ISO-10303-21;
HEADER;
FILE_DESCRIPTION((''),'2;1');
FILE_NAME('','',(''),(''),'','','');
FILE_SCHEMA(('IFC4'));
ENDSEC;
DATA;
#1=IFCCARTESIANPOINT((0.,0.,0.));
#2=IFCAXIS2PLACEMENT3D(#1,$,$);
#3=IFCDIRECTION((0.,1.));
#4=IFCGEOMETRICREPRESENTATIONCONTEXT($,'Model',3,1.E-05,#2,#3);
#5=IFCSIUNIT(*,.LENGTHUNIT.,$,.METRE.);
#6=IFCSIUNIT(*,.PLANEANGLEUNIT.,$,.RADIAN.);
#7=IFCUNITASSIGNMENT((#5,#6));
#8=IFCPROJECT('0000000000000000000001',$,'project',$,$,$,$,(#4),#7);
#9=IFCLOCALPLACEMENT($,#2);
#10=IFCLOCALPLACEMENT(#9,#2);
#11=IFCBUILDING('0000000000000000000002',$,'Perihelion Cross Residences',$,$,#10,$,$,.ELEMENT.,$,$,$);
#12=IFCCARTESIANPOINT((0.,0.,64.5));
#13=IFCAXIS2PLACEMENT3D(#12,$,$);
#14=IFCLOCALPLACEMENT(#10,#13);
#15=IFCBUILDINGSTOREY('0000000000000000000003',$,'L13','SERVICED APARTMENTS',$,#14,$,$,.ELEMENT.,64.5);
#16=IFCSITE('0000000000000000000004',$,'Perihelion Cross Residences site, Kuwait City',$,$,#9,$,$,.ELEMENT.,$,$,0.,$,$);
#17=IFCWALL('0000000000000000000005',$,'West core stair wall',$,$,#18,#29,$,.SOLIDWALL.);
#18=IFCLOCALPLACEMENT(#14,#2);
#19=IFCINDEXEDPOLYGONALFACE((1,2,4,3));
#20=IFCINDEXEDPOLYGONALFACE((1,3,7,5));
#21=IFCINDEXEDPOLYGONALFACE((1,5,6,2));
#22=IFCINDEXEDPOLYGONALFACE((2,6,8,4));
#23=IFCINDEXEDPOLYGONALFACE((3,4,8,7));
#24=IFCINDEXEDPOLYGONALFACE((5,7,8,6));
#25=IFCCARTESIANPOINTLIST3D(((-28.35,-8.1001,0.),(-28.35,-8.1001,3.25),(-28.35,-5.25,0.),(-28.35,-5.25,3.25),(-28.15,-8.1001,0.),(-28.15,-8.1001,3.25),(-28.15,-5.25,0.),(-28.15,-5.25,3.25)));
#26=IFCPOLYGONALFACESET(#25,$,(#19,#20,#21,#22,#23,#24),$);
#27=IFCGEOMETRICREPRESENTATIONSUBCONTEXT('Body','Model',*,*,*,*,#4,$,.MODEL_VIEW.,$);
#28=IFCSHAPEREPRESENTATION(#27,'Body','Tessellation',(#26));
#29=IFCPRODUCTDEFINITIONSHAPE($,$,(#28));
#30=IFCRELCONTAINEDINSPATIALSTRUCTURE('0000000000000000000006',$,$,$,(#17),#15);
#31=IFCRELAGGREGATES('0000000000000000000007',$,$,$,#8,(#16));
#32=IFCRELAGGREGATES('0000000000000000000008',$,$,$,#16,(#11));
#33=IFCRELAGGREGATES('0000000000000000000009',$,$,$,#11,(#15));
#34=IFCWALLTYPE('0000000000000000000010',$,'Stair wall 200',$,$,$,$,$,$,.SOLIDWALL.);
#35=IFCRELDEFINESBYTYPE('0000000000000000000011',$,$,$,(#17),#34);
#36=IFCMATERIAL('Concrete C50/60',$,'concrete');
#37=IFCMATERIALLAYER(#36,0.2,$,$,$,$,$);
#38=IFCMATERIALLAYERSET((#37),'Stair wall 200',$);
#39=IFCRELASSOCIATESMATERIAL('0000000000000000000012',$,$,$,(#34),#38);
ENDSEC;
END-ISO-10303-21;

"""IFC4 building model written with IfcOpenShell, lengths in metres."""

from ifc_helpers import new_model, si_unit, direction, frame, frame_2d, origin, place, context, subcontext, project, spatial, rectangle, extrude, material, layer, layer_set, type_object, element, save


model = new_model("IFC4")

# Units and contexts
model_context = context("Model", 3, precision=1e-05, world=origin(), true_north=direction((0.0, 1.0)))
body_context = subcontext(model_context, "Body", "Model", "MODEL_VIEW")
ifc_project = project(units=[si_unit("LENGTHUNIT", "METRE"), si_unit("PLANEANGLEUNIT", "RADIAN")], contexts=[model_context])

# Site, building, storey
site_placement = place(None, origin())
site = spatial("IfcSite", under=ifc_project, at=site_placement, Name="Perihelion Cross Residences site, Kuwait City", CompositionType="ELEMENT", RefElevation=0.0)
building_placement = place(site_placement, origin())
building = spatial("IfcBuilding", under=site, at=building_placement, Name="Perihelion Cross Residences", CompositionType="ELEMENT")
storey_placement = place(building_placement, frame((0.0, 0.0, 64.5)))
storey = spatial("IfcBuildingStorey", under=building, at=storey_placement, Name="L13", Description="SERVICED APARTMENTS", CompositionType="ELEMENT", Elevation=64.5)

# Shared definitions
ifc_material_1 = material(Name="Concrete C50/60", Category="concrete")
ifc_layer_1 = layer(ifc_material_1, 0.2)
ifc_layer_set_1 = layer_set([ifc_layer_1], Name="Stair wall 200")
wall_type_1 = type_object("IfcWallType", Name="Stair wall 200", PredefinedType="SOLIDWALL", material=ifc_layer_set_1)

# Wall
wall_1_placement = place(storey_placement, frame((-28.25, -8.1001, 0.0), z_axis=(0.0, 0.0, 1.0), x_axis=(0.0, 1.0, 0.0)))
element("IfcWall", 1, at=wall_1_placement, inside=storey, type_object=wall_type_1, Name="West core stair wall", PredefinedType="SOLIDWALL", context=body_context, shape_type="SweptSolid", body=[
    extrude(rectangle(XDim=2.8501, YDim=0.2, at=frame_2d((1.425, 0.0))), origin(), (0.0, 0.0, 1.0), 3.25),
])

save(model, "model.ifc")
